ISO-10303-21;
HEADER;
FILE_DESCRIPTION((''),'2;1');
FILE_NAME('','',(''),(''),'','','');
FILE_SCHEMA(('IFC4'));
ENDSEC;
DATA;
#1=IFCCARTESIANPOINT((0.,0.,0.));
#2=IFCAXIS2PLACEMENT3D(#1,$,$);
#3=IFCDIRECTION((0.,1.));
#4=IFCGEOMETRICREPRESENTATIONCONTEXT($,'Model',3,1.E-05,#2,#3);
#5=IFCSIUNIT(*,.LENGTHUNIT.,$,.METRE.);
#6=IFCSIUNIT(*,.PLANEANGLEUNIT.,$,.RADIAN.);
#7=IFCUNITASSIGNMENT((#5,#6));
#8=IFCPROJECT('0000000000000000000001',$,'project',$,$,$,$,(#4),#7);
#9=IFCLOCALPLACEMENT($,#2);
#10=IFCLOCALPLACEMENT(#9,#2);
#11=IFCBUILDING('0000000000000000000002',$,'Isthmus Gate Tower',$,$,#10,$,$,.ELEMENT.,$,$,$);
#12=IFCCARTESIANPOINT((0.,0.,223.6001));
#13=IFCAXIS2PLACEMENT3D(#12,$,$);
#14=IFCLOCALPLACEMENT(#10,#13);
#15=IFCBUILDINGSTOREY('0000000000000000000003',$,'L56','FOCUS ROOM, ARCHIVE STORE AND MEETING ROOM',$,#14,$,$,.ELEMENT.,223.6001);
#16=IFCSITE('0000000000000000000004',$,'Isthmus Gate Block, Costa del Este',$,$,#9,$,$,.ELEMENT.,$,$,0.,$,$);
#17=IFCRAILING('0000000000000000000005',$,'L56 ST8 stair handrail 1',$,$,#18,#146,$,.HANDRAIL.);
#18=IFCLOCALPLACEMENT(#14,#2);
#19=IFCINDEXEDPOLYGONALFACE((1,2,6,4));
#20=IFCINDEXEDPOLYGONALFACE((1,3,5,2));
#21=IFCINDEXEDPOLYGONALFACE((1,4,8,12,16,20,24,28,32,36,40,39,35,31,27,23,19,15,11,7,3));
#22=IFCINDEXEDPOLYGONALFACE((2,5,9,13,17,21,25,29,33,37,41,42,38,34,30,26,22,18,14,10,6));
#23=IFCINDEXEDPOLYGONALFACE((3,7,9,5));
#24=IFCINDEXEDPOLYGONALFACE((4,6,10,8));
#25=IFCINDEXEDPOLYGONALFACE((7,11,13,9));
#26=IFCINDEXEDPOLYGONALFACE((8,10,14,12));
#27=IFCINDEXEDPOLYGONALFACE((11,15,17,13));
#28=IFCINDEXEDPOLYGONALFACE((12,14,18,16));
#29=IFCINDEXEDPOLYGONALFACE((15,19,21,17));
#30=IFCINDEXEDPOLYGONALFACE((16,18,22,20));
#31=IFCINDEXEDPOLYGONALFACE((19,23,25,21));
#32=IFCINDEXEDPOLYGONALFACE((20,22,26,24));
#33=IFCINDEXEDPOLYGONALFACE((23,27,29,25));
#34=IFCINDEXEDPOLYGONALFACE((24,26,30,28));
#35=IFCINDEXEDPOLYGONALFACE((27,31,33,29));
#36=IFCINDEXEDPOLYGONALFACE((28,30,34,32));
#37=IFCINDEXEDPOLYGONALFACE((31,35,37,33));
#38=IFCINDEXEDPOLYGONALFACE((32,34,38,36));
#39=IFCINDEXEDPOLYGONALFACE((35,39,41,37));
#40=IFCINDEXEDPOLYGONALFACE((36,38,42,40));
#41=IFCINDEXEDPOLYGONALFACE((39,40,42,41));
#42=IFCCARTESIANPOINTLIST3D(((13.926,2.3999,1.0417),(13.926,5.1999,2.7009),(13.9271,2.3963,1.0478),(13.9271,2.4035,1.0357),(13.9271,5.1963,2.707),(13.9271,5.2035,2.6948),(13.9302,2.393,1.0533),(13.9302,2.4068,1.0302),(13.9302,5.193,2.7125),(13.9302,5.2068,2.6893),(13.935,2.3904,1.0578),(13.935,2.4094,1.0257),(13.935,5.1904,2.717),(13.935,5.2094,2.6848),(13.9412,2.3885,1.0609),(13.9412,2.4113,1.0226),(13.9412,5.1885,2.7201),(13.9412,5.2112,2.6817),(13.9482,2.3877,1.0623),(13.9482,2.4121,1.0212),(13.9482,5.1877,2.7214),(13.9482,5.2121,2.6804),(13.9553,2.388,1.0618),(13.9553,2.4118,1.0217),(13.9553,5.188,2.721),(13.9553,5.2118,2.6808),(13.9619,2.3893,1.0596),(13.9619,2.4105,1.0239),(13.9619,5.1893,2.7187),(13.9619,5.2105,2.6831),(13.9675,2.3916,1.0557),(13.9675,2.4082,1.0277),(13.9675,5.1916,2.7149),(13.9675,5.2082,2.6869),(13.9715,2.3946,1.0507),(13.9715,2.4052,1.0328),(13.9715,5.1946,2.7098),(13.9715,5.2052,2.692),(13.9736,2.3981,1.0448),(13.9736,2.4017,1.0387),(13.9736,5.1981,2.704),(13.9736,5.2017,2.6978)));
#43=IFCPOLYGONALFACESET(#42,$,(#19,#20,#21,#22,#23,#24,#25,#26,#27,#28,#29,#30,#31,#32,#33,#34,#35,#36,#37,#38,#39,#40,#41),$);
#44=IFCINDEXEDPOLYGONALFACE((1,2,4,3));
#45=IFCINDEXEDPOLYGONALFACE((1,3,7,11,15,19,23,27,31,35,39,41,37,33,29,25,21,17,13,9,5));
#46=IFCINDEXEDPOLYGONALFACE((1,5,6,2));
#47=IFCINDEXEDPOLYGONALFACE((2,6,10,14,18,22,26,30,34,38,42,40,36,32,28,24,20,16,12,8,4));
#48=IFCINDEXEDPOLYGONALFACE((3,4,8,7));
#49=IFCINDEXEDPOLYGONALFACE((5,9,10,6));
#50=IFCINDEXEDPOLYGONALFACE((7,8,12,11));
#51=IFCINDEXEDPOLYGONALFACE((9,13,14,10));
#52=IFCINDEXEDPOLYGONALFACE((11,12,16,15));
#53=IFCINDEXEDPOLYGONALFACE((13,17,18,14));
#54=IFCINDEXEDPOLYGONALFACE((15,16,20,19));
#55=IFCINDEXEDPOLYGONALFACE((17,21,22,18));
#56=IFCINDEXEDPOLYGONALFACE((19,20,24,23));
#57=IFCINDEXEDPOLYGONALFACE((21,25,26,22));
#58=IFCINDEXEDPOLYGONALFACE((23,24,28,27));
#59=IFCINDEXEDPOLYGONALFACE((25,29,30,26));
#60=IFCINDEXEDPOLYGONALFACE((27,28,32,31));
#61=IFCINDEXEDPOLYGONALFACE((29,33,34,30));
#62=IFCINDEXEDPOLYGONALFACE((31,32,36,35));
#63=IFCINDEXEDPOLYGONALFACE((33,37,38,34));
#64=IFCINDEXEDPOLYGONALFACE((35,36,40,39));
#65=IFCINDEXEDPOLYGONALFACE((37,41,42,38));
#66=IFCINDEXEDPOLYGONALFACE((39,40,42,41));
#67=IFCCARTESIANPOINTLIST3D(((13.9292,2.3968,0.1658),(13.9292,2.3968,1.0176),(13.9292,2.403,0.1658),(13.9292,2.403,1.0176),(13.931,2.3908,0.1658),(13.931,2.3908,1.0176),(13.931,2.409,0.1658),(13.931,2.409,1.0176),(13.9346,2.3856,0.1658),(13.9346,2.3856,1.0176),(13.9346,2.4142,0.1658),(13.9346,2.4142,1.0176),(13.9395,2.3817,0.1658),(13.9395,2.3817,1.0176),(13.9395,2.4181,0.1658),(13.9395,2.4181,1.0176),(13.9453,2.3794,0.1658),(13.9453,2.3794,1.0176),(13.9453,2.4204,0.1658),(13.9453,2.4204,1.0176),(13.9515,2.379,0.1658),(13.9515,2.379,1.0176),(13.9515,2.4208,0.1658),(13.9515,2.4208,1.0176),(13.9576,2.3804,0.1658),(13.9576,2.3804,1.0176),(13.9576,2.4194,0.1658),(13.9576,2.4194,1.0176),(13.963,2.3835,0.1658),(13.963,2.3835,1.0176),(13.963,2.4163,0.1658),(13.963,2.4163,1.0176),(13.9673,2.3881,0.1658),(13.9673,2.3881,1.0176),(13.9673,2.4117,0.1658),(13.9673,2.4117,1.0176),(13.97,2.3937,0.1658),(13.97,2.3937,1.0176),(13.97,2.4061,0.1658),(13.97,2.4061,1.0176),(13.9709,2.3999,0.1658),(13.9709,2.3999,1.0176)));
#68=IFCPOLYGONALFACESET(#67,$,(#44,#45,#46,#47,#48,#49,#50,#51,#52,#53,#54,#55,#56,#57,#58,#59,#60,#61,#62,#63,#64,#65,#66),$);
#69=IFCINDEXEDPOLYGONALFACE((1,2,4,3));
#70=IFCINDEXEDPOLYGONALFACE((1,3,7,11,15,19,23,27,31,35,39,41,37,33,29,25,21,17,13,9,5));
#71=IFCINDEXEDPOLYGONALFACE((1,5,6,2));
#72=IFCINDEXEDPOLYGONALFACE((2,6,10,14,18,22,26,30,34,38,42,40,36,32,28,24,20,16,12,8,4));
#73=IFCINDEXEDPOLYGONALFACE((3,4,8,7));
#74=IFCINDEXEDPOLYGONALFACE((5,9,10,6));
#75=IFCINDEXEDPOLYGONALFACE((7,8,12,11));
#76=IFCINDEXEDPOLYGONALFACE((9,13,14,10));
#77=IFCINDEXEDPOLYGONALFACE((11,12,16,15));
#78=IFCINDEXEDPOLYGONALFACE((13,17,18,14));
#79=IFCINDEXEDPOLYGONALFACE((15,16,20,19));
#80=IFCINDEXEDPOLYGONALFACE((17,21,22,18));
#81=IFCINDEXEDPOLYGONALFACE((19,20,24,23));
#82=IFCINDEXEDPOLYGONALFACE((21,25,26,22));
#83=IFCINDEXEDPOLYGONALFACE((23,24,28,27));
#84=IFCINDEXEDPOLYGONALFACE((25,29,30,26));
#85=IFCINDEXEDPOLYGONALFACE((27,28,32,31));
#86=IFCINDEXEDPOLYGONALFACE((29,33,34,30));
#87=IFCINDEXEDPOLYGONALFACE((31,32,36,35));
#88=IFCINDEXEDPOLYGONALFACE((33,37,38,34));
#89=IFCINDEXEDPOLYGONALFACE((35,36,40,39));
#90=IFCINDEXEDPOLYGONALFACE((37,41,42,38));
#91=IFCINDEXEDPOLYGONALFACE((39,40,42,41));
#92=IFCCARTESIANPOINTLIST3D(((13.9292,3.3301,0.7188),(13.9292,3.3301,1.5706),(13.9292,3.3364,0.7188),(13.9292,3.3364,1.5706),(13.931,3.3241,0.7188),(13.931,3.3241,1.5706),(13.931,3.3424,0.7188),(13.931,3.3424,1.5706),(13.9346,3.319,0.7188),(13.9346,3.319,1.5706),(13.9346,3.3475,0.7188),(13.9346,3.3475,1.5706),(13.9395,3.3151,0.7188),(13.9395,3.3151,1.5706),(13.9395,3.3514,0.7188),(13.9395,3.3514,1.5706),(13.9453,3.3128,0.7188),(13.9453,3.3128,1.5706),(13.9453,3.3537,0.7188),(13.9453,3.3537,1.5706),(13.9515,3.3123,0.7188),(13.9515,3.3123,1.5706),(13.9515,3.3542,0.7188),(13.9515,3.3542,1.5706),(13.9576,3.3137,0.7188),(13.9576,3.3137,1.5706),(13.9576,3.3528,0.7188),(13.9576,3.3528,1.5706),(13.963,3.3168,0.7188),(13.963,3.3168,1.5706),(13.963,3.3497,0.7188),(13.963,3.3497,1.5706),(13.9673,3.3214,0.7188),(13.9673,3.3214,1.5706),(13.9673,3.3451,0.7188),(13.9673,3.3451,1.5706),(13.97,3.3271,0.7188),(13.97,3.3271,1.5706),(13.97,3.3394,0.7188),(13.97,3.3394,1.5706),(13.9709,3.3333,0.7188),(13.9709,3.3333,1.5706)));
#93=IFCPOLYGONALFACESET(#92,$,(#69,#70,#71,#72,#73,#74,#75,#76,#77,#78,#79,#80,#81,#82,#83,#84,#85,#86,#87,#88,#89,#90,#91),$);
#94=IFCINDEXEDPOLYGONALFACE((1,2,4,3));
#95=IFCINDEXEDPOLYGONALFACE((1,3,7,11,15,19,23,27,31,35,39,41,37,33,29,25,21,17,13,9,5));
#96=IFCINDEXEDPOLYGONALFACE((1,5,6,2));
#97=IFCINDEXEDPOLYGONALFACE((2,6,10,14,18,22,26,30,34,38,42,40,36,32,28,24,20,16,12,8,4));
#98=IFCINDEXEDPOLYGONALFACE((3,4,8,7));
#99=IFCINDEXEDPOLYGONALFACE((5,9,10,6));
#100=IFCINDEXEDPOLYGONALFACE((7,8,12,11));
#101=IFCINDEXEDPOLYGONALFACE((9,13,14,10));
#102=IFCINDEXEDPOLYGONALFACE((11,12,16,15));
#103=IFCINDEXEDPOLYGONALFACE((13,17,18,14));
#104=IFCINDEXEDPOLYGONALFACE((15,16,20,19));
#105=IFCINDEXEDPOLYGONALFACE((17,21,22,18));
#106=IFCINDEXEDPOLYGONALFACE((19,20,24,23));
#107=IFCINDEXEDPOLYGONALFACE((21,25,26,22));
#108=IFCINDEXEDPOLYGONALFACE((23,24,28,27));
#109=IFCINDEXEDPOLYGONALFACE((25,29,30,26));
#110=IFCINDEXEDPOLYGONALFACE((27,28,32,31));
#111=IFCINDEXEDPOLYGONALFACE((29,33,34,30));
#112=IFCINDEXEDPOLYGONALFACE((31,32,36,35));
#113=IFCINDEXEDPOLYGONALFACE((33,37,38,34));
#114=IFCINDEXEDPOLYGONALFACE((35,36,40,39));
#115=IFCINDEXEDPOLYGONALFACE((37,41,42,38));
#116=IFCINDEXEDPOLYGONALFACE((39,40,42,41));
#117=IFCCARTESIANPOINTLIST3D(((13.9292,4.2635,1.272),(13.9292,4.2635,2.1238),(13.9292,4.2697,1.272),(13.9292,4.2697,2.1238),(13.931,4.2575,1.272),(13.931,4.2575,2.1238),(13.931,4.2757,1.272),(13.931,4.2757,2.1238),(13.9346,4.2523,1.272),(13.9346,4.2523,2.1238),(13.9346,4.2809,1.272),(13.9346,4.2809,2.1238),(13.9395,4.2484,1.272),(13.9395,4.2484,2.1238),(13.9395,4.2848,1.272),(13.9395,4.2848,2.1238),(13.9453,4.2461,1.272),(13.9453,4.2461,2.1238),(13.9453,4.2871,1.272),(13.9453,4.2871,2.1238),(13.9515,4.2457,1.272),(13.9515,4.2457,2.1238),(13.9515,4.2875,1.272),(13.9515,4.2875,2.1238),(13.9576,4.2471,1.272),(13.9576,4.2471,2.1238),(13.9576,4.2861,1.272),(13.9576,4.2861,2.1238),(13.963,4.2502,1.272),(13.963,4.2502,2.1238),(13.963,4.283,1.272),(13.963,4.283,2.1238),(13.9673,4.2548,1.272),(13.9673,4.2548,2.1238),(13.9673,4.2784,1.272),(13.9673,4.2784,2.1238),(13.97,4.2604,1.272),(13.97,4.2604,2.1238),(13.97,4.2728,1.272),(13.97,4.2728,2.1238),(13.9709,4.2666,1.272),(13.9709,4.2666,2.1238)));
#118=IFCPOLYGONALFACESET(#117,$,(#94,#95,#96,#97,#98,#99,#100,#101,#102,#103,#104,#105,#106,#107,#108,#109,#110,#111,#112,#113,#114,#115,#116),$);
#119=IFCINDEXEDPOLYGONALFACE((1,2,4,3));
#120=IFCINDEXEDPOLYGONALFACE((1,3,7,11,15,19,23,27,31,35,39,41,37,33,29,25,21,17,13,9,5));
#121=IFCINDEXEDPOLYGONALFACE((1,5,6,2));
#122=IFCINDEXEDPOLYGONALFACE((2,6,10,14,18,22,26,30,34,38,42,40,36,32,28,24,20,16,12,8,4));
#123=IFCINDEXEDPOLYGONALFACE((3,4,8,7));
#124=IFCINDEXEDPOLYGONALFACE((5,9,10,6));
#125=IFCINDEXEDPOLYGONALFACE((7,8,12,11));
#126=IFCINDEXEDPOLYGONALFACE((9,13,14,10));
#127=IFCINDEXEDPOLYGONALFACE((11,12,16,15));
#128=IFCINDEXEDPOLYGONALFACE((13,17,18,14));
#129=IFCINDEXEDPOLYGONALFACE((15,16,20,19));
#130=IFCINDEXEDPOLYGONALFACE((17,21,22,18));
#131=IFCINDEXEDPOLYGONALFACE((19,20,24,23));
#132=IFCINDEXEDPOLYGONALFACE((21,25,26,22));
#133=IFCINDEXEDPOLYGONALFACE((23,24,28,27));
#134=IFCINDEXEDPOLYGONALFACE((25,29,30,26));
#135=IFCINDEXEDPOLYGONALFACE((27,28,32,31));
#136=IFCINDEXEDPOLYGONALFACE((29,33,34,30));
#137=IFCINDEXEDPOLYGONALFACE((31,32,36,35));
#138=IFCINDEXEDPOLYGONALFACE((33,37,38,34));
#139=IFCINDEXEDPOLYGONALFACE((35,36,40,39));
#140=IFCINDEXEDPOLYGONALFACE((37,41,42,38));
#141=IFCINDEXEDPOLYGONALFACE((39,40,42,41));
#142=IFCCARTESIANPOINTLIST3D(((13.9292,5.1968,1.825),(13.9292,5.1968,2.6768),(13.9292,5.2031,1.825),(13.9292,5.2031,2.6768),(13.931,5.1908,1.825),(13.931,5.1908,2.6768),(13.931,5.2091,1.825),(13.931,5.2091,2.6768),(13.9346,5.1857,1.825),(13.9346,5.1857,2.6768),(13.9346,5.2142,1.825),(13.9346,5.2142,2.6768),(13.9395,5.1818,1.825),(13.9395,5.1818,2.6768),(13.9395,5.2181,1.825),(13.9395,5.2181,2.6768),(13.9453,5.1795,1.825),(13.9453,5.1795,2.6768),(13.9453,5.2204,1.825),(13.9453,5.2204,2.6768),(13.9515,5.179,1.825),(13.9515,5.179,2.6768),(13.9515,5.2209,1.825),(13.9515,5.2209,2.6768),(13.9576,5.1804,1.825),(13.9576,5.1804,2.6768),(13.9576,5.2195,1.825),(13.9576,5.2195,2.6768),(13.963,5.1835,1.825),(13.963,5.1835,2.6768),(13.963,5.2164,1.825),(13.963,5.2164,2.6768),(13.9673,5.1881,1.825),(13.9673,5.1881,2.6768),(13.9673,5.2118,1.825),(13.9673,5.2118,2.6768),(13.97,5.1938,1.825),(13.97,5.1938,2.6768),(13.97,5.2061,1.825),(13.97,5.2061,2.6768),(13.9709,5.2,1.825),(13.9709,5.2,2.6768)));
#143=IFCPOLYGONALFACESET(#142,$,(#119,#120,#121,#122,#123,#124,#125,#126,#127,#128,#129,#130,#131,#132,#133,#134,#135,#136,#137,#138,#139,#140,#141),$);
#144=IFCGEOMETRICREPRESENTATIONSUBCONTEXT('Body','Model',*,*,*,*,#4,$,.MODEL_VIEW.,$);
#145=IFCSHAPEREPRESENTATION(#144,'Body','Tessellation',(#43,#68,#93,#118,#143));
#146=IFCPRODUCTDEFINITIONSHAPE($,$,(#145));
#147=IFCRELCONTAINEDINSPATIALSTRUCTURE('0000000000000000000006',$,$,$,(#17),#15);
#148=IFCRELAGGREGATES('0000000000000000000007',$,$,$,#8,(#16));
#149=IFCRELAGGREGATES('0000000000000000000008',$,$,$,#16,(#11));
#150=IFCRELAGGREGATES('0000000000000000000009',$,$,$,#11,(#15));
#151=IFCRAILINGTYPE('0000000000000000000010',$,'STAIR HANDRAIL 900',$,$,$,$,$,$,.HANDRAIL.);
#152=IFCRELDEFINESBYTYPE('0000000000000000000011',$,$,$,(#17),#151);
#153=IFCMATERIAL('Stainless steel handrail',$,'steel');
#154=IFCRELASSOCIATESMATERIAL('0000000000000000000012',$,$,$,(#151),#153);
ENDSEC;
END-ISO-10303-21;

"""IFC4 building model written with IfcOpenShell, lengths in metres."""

from ifc_helpers import new_model, si_unit, direction, frame, origin, origin_2d, place, context, subcontext, project, spatial, circle, extrude, material, type_object, element, save


model = new_model("IFC4")

# Units and contexts
model_context = context("Model", 3, precision=1e-05, world=origin(), true_north=direction((0.0, 1.0)))
body_context = subcontext(model_context, "Body", "Model", "MODEL_VIEW")
ifc_project = project(units=[si_unit("LENGTHUNIT", "METRE"), si_unit("PLANEANGLEUNIT", "RADIAN")], contexts=[model_context])

# Site, building, storey
site_placement = place(None, origin())
site = spatial("IfcSite", under=ifc_project, at=site_placement, Name="Isthmus Gate Block, Costa del Este", CompositionType="ELEMENT", RefElevation=0.0)
building_placement = place(site_placement, origin())
building = spatial("IfcBuilding", under=site, at=building_placement, Name="Isthmus Gate Tower", CompositionType="ELEMENT")
storey_placement = place(building_placement, frame((0.0, 0.0, 223.6001)))
storey = spatial("IfcBuildingStorey", under=building, at=storey_placement, Name="L56", Description="FOCUS ROOM, ARCHIVE STORE AND MEETING ROOM", CompositionType="ELEMENT", Elevation=223.6001)

# Railing
ifc_material_1 = material(Name="Stainless steel handrail", Category="steel")
railing_type_1 = type_object("IfcRailingType", Name="STAIR HANDRAIL 900", PredefinedType="HANDRAIL", material=ifc_material_1)
railing_1_placement = place(storey_placement, frame((13.95, 2.3999, 0.1658)))
element("IfcRailing", 1, at=railing_1_placement, inside=storey, type_object=railing_type_1, Name="L56 ST8 stair handrail 1", PredefinedType="HANDRAIL", context=body_context, shape_type="SweptSolid", body=[
    extrude(circle(Radius=0.0239, at=origin_2d()), frame((0.0, 0.0, 0.876), z_axis=(0.0, 0.860306, 0.509778), x_axis=(-1.0, 0.0, 0.0)), (0.0, 0.0, 1.0), 3.2546),
    extrude(circle(Radius=0.021, at=origin_2d()), origin(), (0.0, 0.0, 1.0), 0.8518),
    extrude(circle(Radius=0.021, at=origin_2d()), frame((0.0, 0.9333, 0.553)), (0.0, 0.0, 1.0), 0.8518),
    extrude(circle(Radius=0.021, at=origin_2d()), frame((0.0, 1.8667, 1.1062)), (0.0, 0.0, 1.0), 0.8518),
    extrude(circle(Radius=0.021, at=origin_2d()), frame((0.0, 2.8, 1.6592)), (0.0, 0.0, 1.0), 0.8518),
])

save(model, "model.ifc")
